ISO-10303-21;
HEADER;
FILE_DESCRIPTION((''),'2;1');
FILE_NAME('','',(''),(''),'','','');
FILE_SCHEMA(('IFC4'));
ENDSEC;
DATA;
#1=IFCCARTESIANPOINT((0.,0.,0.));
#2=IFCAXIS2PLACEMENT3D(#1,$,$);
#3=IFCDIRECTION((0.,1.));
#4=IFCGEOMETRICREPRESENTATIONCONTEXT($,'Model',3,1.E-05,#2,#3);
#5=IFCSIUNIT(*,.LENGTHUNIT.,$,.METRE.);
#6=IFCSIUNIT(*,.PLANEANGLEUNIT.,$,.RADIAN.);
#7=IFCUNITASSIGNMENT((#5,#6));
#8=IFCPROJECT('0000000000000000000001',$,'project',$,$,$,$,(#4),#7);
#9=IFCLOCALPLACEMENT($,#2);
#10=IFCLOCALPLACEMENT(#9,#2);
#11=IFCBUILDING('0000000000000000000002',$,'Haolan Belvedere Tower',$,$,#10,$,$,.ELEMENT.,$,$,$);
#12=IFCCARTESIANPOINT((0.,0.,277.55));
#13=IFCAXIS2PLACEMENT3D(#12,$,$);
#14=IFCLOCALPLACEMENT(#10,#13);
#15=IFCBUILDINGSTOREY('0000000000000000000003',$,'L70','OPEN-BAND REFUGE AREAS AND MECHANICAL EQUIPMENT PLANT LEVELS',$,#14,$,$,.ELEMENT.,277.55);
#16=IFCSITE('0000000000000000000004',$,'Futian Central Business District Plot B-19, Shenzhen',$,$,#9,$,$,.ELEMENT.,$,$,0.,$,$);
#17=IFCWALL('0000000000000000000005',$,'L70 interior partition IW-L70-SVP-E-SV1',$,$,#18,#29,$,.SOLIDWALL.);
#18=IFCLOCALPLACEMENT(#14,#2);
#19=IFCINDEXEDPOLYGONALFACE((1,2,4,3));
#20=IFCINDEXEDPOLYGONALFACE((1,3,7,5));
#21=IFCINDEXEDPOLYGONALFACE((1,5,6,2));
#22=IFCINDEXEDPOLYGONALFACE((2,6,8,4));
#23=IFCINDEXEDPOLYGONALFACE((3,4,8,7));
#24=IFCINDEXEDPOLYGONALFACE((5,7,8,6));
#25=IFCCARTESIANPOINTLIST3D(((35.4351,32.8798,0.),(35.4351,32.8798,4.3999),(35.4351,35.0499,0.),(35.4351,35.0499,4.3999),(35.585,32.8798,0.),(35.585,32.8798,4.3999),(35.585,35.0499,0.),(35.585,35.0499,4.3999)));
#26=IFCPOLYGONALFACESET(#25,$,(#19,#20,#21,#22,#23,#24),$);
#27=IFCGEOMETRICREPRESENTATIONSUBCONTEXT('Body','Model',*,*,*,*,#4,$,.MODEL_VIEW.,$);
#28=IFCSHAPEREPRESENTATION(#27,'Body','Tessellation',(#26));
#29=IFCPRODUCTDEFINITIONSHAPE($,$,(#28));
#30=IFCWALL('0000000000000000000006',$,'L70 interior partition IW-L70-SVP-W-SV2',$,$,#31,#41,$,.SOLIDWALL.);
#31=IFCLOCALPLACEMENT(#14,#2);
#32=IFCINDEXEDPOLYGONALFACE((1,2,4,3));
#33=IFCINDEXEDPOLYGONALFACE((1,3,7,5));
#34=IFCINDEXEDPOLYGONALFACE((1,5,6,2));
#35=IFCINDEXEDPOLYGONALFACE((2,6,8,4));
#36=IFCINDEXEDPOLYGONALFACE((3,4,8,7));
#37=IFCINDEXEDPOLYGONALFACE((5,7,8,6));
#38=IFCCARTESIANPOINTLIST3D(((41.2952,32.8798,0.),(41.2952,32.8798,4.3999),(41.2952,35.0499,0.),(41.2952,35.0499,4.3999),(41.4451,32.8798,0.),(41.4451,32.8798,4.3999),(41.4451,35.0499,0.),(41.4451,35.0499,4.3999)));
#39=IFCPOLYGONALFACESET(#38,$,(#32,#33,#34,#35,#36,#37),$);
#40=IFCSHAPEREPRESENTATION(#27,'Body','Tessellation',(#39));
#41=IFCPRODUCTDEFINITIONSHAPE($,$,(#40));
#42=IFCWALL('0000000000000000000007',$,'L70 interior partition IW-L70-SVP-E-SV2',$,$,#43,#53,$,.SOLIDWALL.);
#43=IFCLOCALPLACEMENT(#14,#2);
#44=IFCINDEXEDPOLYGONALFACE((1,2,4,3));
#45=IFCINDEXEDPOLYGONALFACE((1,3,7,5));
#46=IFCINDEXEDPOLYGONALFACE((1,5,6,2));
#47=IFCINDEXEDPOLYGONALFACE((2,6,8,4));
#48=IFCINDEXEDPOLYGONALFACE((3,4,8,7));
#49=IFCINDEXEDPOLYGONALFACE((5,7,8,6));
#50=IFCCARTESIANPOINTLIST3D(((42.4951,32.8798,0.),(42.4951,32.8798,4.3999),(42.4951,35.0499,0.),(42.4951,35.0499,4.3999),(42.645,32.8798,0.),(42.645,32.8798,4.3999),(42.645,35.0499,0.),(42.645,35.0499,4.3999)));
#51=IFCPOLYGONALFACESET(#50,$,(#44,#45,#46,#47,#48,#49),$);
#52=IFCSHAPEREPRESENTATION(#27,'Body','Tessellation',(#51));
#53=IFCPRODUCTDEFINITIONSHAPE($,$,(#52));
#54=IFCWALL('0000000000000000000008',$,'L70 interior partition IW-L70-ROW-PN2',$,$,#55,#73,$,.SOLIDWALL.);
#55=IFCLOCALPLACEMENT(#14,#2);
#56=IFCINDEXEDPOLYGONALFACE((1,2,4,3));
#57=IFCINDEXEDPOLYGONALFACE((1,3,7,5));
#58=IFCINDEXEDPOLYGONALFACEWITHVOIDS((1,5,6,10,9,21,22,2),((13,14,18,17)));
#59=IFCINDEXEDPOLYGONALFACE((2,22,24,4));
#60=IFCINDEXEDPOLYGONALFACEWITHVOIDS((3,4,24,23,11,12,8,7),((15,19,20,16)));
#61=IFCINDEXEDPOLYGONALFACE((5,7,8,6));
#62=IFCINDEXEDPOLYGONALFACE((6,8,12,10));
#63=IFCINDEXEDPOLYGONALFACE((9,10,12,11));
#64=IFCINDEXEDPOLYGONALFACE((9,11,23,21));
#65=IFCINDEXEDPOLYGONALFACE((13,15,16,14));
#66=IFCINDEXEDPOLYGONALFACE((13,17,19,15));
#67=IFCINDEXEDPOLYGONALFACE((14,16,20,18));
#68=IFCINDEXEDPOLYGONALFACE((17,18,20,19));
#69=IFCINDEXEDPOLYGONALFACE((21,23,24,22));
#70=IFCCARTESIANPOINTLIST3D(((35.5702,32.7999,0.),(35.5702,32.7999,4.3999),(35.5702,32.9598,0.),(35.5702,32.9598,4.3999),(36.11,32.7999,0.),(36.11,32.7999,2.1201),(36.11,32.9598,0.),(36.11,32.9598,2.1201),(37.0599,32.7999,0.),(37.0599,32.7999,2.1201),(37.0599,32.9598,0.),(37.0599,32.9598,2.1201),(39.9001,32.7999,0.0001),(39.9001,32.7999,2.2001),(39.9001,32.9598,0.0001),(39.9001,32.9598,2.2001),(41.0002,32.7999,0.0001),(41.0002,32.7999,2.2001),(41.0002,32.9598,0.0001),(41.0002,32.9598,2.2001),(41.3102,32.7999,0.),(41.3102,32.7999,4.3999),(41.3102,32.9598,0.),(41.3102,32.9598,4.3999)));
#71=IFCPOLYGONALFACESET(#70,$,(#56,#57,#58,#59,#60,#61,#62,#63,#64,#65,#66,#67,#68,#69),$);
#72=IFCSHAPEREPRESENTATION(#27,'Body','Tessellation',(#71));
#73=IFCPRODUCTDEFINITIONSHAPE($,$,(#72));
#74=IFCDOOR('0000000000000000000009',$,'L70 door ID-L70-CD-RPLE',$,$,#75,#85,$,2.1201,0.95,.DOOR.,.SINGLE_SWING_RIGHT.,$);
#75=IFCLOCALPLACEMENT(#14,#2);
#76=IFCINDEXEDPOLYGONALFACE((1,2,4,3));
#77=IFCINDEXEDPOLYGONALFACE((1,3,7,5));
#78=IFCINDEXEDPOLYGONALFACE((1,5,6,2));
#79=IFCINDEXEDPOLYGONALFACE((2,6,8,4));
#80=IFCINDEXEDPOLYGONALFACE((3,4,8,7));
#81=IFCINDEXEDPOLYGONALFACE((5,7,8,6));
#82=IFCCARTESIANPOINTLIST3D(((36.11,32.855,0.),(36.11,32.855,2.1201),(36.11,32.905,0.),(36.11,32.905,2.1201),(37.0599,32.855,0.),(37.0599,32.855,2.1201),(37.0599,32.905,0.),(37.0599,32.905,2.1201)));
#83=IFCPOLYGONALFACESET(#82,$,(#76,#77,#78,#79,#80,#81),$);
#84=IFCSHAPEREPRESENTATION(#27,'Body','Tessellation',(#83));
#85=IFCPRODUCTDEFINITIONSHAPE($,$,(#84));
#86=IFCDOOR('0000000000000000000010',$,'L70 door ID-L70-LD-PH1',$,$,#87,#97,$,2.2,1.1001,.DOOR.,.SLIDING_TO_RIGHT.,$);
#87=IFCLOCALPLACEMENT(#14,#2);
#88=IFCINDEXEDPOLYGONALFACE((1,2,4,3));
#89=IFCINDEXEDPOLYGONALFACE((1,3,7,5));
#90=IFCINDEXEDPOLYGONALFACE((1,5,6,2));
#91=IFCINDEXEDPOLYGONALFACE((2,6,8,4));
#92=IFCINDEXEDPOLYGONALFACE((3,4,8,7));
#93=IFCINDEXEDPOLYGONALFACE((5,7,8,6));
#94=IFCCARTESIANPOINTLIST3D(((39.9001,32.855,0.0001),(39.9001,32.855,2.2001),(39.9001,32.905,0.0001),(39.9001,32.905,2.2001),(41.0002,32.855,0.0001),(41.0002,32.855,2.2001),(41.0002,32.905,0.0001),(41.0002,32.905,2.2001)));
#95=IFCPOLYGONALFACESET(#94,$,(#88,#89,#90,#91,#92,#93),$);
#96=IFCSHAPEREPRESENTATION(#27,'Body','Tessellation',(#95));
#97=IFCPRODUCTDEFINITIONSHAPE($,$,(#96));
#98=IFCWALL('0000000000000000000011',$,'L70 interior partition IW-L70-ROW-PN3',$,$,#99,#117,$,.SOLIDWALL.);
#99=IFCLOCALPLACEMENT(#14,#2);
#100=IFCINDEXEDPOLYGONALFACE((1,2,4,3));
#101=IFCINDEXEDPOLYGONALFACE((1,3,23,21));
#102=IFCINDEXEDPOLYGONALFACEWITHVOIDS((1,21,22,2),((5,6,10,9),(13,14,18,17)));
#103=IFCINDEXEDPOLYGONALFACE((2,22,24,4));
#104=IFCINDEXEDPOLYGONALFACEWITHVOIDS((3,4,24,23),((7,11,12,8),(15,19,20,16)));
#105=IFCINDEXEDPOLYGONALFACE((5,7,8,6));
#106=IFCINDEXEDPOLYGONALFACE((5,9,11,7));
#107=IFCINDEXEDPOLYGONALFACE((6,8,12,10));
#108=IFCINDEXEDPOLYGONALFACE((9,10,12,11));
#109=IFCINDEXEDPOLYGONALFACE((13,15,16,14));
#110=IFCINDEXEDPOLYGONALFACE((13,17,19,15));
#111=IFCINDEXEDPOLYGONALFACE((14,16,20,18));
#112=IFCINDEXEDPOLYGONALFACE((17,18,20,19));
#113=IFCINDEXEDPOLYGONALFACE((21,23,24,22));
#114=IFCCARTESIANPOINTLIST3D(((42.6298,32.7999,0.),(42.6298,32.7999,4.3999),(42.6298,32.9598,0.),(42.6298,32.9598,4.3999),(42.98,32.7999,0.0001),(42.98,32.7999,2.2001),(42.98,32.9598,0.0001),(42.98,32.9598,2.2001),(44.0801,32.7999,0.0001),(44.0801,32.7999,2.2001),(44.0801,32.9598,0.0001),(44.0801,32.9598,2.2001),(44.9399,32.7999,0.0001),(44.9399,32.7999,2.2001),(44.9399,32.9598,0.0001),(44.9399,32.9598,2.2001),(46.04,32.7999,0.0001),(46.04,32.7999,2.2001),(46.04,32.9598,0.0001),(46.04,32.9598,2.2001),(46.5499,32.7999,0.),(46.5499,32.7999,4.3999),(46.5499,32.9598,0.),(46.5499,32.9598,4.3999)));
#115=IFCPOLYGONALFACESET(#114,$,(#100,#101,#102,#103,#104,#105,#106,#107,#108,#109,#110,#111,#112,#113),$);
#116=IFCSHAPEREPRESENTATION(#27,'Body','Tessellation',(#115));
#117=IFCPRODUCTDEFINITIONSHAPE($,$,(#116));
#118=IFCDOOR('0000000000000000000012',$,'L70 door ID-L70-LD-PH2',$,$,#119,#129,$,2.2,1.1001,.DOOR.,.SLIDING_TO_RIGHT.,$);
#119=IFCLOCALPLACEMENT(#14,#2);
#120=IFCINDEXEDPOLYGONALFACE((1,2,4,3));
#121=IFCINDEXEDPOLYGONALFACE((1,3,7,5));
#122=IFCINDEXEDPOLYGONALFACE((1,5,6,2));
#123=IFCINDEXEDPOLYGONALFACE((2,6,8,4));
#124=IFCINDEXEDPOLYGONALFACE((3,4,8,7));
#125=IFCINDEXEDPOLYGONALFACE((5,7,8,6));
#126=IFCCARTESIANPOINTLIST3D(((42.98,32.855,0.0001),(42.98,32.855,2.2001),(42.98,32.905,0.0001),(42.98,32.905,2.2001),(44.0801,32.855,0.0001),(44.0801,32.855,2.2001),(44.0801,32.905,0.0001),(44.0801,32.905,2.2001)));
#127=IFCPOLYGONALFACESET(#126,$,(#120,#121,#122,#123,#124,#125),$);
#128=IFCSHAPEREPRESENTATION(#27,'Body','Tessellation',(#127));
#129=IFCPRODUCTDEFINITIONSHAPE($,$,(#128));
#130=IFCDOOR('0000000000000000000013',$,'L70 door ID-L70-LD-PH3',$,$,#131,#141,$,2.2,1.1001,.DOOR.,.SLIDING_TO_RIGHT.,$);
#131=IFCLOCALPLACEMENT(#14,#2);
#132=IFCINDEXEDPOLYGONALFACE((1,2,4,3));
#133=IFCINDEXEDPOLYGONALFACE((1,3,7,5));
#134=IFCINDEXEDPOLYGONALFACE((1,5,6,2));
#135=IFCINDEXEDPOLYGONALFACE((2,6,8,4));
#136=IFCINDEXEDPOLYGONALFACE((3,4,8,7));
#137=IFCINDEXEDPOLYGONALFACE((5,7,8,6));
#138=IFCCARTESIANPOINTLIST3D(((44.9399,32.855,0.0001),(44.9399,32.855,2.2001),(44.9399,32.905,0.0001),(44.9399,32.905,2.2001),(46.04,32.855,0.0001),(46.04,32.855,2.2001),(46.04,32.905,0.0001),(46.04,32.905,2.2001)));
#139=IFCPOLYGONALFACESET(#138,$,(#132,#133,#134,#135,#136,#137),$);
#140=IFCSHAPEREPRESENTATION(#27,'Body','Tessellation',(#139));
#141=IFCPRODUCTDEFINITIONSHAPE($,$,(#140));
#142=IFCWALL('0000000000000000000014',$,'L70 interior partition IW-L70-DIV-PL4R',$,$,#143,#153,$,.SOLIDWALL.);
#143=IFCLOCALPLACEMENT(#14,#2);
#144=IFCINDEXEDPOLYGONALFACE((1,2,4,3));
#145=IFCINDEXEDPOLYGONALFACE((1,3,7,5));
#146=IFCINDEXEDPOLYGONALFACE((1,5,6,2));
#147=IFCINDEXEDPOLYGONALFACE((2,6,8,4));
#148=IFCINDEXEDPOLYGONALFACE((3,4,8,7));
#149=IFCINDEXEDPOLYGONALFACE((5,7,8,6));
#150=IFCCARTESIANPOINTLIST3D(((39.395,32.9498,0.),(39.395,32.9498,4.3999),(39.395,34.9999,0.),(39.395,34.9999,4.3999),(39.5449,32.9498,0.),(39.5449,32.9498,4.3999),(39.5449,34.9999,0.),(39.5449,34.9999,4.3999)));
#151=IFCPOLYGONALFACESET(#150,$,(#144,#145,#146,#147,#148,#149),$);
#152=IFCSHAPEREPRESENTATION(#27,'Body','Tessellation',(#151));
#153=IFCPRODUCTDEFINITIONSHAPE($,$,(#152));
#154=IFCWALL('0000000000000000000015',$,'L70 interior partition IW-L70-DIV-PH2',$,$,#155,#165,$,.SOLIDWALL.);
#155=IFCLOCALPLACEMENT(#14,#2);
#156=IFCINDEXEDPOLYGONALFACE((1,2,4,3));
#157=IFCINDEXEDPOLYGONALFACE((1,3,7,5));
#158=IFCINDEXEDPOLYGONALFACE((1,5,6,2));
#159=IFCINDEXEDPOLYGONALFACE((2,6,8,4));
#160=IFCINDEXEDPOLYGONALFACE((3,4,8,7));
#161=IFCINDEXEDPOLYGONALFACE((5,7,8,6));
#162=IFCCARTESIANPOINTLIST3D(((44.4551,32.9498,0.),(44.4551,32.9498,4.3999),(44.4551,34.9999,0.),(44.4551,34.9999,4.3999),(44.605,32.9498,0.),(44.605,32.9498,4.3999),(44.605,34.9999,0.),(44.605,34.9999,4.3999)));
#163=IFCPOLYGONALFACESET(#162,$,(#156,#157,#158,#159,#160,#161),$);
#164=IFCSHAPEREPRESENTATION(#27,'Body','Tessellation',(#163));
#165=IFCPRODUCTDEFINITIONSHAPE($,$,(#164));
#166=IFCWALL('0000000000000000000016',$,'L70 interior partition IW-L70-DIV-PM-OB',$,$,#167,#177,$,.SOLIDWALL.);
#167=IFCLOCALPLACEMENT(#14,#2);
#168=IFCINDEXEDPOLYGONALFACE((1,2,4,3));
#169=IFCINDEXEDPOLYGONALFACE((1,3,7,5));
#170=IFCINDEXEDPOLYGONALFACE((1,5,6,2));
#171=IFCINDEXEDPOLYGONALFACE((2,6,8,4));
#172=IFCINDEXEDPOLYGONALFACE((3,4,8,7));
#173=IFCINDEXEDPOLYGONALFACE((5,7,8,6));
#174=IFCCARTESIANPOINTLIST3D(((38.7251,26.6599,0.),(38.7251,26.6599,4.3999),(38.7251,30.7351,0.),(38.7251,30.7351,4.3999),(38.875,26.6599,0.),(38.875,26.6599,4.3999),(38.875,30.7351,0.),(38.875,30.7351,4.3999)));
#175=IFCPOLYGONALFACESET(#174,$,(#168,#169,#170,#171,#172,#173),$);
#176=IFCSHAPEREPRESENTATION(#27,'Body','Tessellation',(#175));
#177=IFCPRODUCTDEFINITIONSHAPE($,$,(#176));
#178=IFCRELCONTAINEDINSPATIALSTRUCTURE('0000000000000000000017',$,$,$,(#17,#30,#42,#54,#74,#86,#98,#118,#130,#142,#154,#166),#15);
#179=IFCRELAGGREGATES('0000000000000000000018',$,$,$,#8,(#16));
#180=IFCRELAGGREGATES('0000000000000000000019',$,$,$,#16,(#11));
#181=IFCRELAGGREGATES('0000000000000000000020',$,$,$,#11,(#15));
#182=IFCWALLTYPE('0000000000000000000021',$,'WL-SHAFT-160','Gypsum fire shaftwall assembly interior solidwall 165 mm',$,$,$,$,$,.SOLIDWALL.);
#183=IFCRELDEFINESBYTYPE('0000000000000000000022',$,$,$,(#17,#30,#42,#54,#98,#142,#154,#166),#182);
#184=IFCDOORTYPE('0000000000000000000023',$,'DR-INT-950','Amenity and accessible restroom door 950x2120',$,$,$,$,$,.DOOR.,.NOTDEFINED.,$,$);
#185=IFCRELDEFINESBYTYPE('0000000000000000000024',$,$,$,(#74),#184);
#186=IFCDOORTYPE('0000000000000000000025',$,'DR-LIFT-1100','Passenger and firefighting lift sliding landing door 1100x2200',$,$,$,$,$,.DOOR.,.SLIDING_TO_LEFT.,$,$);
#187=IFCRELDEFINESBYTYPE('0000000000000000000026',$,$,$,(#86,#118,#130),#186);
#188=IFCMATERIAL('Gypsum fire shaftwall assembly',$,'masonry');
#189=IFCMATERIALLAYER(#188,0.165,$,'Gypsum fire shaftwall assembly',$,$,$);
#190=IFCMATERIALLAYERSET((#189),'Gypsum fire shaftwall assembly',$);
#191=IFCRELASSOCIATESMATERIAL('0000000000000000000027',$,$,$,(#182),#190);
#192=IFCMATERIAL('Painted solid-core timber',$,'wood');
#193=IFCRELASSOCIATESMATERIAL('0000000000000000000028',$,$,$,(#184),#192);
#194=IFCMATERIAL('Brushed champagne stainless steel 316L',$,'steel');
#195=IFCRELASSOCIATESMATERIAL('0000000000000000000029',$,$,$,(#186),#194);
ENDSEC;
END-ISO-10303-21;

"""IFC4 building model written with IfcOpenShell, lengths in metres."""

from ifc_helpers import new_model, si_unit, direction, frame, frame_2d, origin, place, context, subcontext, project, spatial, rectangle, extrude, material, layer, layer_set, type_object, element, fill, save


model = new_model("IFC4")

# Units and contexts
model_context = context("Model", 3, precision=1e-05, world=origin(), true_north=direction((0.0, 1.0)))
body_context = subcontext(model_context, "Body", "Model", "MODEL_VIEW")
ifc_project = project(units=[si_unit("LENGTHUNIT", "METRE"), si_unit("PLANEANGLEUNIT", "RADIAN")], contexts=[model_context])

# Site, building, storey
site_placement = place(None, origin())
site = spatial("IfcSite", under=ifc_project, at=site_placement, Name="Futian Central Business District Plot B-19, Shenzhen", CompositionType="ELEMENT", RefElevation=0.0)
building_placement = place(site_placement, origin())
building = spatial("IfcBuilding", under=site, at=building_placement, Name="Haolan Belvedere Tower", CompositionType="ELEMENT")
storey_placement = place(building_placement, frame((0.0, 0.0, 277.55)))
storey = spatial("IfcBuildingStorey", under=building, at=storey_placement, Name="L70", Description="OPEN-BAND REFUGE AREAS AND MECHANICAL EQUIPMENT PLANT LEVELS", CompositionType="ELEMENT", Elevation=277.55)

# Walls
ifc_material_1 = material(Name="Gypsum fire shaftwall assembly", Category="masonry")
ifc_layer_1 = layer(ifc_material_1, 0.165, Name="Gypsum fire shaftwall assembly")
ifc_layer_set_1 = layer_set([ifc_layer_1], Name="Gypsum fire shaftwall assembly")
wall_type_1 = type_object("IfcWallType", Name="WL-SHAFT-160", Description="Gypsum fire shaftwall assembly interior solidwall 165 mm", PredefinedType="SOLIDWALL", material=ifc_layer_set_1)
for number, where, z_axis, x_axis, name in (
    (1, (35.51, 32.8799, 0.0), (0.0, 0.0, 1.0), (0.0, 1.0, 0.0), "L70 interior partition IW-L70-SVP-E-SV1"),
    (2, (41.3701, 32.8799, 0.0), (0.0, 0.0, 1.0), (0.0, 1.0, 0.0), "L70 interior partition IW-L70-SVP-W-SV2"),
    (3, (42.5701, 32.8799, 0.0), (0.0, 0.0, 1.0), (0.0, 1.0, 0.0), "L70 interior partition IW-L70-SVP-E-SV2"),
):
    element("IfcWall", number, at=place(storey_placement, frame(where, z_axis=z_axis, x_axis=x_axis)), inside=storey, type_object=wall_type_1, Name=name, PredefinedType="SOLIDWALL", context=body_context, shape_type="SweptSolid", body=[
        extrude(rectangle(XDim=2.1702, YDim=0.1499, at=frame_2d((1.085, 0.0))), origin(), (0.0, 0.0, 1.0), 4.3999),
    ])

# Walls, openings, doors
wall_1_placement = place(storey_placement, frame((35.5701, 32.8799, 0.0), z_axis=(0.0, 0.0, 1.0), x_axis=(1.0, 0.0, 0.0)))
wall_1 = element("IfcWall", 4, at=wall_1_placement, inside=storey, type_object=wall_type_1, Name="L70 interior partition IW-L70-ROW-PN2", PredefinedType="SOLIDWALL", context=body_context, shape_type="SweptSolid", body=[
    extrude(rectangle(XDim=5.74, YDim=0.1599, at=frame_2d((2.8701, 0.0))), origin(), (0.0, 0.0, 1.0), 4.3999),
])
opening_1_placement = place(wall_1_placement, frame((1.49, 0.0, 0.0), z_axis=(0.0, 0.0, 1.0), x_axis=(-1.0, 0.0, 0.0)))
opening_1 = element("IfcOpeningElement", 5, at=opening_1_placement, cuts=wall_1, PredefinedType="OPENING", context=body_context, shape_type="SweptSolid", body=[
    extrude(rectangle(XDim=0.95, YDim=2.1201, at=frame_2d((0.4751, 1.0601))), frame((0.0, 0.0898, 0.0), z_axis=(0.0, -1.0, 0.0), x_axis=(1.0, 0.0, 0.0)), (0.0, 0.0, 1.0), 0.1799),
])
opening_2_placement = place(wall_1_placement, frame((5.4302, 0.0, 0.0), z_axis=(0.0, 0.0, 1.0), x_axis=(-1.0, 0.0, 0.0)))
opening_2 = element("IfcOpeningElement", 6, at=opening_2_placement, cuts=wall_1, PredefinedType="OPENING", context=body_context, shape_type="SweptSolid", body=[
    extrude(rectangle(XDim=1.1001, YDim=2.2, at=frame_2d((0.55, 1.1001))), frame((0.0, 0.0898, 0.0), z_axis=(0.0, -1.0, 0.0), x_axis=(1.0, 0.0, 0.0)), (0.0, 0.0, 1.0), 0.1799),
])
ifc_material_2 = material(Name="Painted solid-core timber", Category="wood")
door_type_1 = type_object("IfcDoorType", Name="DR-INT-950", Description="Amenity and accessible restroom door 950x2120", OperationType="NOTDEFINED", PredefinedType="DOOR", material=ifc_material_2)
door_1_placement = place(opening_1_placement, origin())
door_1 = element("IfcDoor", 7, at=door_1_placement, inside=storey, type_object=door_type_1, Name="L70 door ID-L70-CD-RPLE", OperationType="SINGLE_SWING_RIGHT", OverallHeight=2.1201, OverallWidth=0.95, PredefinedType="DOOR", context=body_context, shape_type="SweptSolid", body=[
    extrude(rectangle(XDim=0.95, YDim=2.1201, at=frame_2d((0.4751, 1.0601))), frame((0.0, 0.0249, 0.0), z_axis=(0.0, -1.0, 0.0), x_axis=(1.0, 0.0, 0.0)), (0.0, 0.0, 1.0), 0.05),
])
fill(opening_1, door_1)
ifc_material_3 = material(Name="Brushed champagne stainless steel 316L", Category="steel")
door_type_2 = type_object("IfcDoorType", Name="DR-LIFT-1100", Description="Passenger and firefighting lift sliding landing door 1100x2200", OperationType="SLIDING_TO_LEFT", PredefinedType="DOOR", material=ifc_material_3)
door_2_placement = place(opening_2_placement, origin())
door_2 = element("IfcDoor", 8, at=door_2_placement, inside=storey, type_object=door_type_2, Name="L70 door ID-L70-LD-PH1", OperationType="SLIDING_TO_RIGHT", OverallHeight=2.2, OverallWidth=1.1001, PredefinedType="DOOR", context=body_context, shape_type="SweptSolid", body=[
    extrude(rectangle(XDim=1.1001, YDim=2.2, at=frame_2d((0.55, 1.1001))), frame((0.0, 0.0249, 0.0), z_axis=(0.0, -1.0, 0.0), x_axis=(1.0, 0.0, 0.0)), (0.0, 0.0, 1.0), 0.05),
])
fill(opening_2, door_2)
wall_2_placement = place(storey_placement, frame((42.6299, 32.8799, 0.0), z_axis=(0.0, 0.0, 1.0), x_axis=(1.0, 0.0, 0.0)))
wall_2 = element("IfcWall", 9, at=wall_2_placement, inside=storey, type_object=wall_type_1, Name="L70 interior partition IW-L70-ROW-PN3", PredefinedType="SOLIDWALL", context=body_context, shape_type="SweptSolid", body=[
    extrude(rectangle(XDim=3.9202, YDim=0.1599, at=frame_2d((1.96, 0.0))), origin(), (0.0, 0.0, 1.0), 4.3999),
])
opening_3_placement = place(wall_2_placement, frame((1.4502, 0.0, 0.0), z_axis=(0.0, 0.0, 1.0), x_axis=(-1.0, 0.0, 0.0)))
opening_3 = element("IfcOpeningElement", 10, at=opening_3_placement, cuts=wall_2, PredefinedType="OPENING", context=body_context, shape_type="SweptSolid", body=[
    extrude(rectangle(XDim=1.1001, YDim=2.2, at=frame_2d((0.55, 1.1001))), frame((0.0, 0.0898, 0.0), z_axis=(0.0, -1.0, 0.0), x_axis=(1.0, 0.0, 0.0)), (0.0, 0.0, 1.0), 0.1799),
])
opening_4_placement = place(wall_2_placement, frame((3.4102, 0.0, 0.0), z_axis=(0.0, 0.0, 1.0), x_axis=(-1.0, 0.0, 0.0)))
opening_4 = element("IfcOpeningElement", 11, at=opening_4_placement, cuts=wall_2, PredefinedType="OPENING", context=body_context, shape_type="SweptSolid", body=[
    extrude(rectangle(XDim=1.1001, YDim=2.2, at=frame_2d((0.55, 1.1001))), frame((0.0, 0.0898, 0.0), z_axis=(0.0, -1.0, 0.0), x_axis=(1.0, 0.0, 0.0)), (0.0, 0.0, 1.0), 0.1799),
])
door_3_placement = place(opening_3_placement, origin())
door_3 = element("IfcDoor", 12, at=door_3_placement, inside=storey, type_object=door_type_2, Name="L70 door ID-L70-LD-PH2", OperationType="SLIDING_TO_RIGHT", OverallHeight=2.2, OverallWidth=1.1001, PredefinedType="DOOR", context=body_context, shape_type="SweptSolid", body=[
    extrude(rectangle(XDim=1.1001, YDim=2.2, at=frame_2d((0.55, 1.1001))), frame((0.0, 0.0249, 0.0), z_axis=(0.0, -1.0, 0.0), x_axis=(1.0, 0.0, 0.0)), (0.0, 0.0, 1.0), 0.05),
])
fill(opening_3, door_3)
door_4_placement = place(opening_4_placement, origin())
door_4 = element("IfcDoor", 13, at=door_4_placement, inside=storey, type_object=door_type_2, Name="L70 door ID-L70-LD-PH3", OperationType="SLIDING_TO_RIGHT", OverallHeight=2.2, OverallWidth=1.1001, PredefinedType="DOOR", context=body_context, shape_type="SweptSolid", body=[
    extrude(rectangle(XDim=1.1001, YDim=2.2, at=frame_2d((0.55, 1.1001))), frame((0.0, 0.0249, 0.0), z_axis=(0.0, -1.0, 0.0), x_axis=(1.0, 0.0, 0.0)), (0.0, 0.0, 1.0), 0.05),
])
fill(opening_4, door_4)

# Walls
for number, where, z_axis, x_axis, name in (
    (14, (39.47, 32.95, 0.0), (0.0, 0.0, 1.0), (0.0, 1.0, 0.0), "L70 interior partition IW-L70-DIV-PL4R"),
    (15, (44.53, 32.95, 0.0), (0.0, 0.0, 1.0), (0.0, 1.0, 0.0), "L70 interior partition IW-L70-DIV-PH2"),
):
    element("IfcWall", number, at=place(storey_placement, frame(where, z_axis=z_axis, x_axis=x_axis)), inside=storey, type_object=wall_type_1, Name=name, PredefinedType="SOLIDWALL", context=body_context, shape_type="SweptSolid", body=[
        extrude(rectangle(XDim=2.05, YDim=0.1499, at=frame_2d((1.0249, 0.0))), origin(), (0.0, 0.0, 1.0), 4.3999),
    ])
wall_3_placement = place(storey_placement, frame((38.8, 26.6599, 0.0), z_axis=(0.0, 0.0, 1.0), x_axis=(0.0, 1.0, 0.0)))
element("IfcWall", 16, at=wall_3_placement, inside=storey, type_object=wall_type_1, Name="L70 interior partition IW-L70-DIV-PM-OB", PredefinedType="SOLIDWALL", context=body_context, shape_type="SweptSolid", body=[
    extrude(rectangle(XDim=4.0752, YDim=0.1499, at=frame_2d((2.0376, 0.0))), origin(), (0.0, 0.0, 1.0), 4.3999),
])

save(model, "model.ifc")
